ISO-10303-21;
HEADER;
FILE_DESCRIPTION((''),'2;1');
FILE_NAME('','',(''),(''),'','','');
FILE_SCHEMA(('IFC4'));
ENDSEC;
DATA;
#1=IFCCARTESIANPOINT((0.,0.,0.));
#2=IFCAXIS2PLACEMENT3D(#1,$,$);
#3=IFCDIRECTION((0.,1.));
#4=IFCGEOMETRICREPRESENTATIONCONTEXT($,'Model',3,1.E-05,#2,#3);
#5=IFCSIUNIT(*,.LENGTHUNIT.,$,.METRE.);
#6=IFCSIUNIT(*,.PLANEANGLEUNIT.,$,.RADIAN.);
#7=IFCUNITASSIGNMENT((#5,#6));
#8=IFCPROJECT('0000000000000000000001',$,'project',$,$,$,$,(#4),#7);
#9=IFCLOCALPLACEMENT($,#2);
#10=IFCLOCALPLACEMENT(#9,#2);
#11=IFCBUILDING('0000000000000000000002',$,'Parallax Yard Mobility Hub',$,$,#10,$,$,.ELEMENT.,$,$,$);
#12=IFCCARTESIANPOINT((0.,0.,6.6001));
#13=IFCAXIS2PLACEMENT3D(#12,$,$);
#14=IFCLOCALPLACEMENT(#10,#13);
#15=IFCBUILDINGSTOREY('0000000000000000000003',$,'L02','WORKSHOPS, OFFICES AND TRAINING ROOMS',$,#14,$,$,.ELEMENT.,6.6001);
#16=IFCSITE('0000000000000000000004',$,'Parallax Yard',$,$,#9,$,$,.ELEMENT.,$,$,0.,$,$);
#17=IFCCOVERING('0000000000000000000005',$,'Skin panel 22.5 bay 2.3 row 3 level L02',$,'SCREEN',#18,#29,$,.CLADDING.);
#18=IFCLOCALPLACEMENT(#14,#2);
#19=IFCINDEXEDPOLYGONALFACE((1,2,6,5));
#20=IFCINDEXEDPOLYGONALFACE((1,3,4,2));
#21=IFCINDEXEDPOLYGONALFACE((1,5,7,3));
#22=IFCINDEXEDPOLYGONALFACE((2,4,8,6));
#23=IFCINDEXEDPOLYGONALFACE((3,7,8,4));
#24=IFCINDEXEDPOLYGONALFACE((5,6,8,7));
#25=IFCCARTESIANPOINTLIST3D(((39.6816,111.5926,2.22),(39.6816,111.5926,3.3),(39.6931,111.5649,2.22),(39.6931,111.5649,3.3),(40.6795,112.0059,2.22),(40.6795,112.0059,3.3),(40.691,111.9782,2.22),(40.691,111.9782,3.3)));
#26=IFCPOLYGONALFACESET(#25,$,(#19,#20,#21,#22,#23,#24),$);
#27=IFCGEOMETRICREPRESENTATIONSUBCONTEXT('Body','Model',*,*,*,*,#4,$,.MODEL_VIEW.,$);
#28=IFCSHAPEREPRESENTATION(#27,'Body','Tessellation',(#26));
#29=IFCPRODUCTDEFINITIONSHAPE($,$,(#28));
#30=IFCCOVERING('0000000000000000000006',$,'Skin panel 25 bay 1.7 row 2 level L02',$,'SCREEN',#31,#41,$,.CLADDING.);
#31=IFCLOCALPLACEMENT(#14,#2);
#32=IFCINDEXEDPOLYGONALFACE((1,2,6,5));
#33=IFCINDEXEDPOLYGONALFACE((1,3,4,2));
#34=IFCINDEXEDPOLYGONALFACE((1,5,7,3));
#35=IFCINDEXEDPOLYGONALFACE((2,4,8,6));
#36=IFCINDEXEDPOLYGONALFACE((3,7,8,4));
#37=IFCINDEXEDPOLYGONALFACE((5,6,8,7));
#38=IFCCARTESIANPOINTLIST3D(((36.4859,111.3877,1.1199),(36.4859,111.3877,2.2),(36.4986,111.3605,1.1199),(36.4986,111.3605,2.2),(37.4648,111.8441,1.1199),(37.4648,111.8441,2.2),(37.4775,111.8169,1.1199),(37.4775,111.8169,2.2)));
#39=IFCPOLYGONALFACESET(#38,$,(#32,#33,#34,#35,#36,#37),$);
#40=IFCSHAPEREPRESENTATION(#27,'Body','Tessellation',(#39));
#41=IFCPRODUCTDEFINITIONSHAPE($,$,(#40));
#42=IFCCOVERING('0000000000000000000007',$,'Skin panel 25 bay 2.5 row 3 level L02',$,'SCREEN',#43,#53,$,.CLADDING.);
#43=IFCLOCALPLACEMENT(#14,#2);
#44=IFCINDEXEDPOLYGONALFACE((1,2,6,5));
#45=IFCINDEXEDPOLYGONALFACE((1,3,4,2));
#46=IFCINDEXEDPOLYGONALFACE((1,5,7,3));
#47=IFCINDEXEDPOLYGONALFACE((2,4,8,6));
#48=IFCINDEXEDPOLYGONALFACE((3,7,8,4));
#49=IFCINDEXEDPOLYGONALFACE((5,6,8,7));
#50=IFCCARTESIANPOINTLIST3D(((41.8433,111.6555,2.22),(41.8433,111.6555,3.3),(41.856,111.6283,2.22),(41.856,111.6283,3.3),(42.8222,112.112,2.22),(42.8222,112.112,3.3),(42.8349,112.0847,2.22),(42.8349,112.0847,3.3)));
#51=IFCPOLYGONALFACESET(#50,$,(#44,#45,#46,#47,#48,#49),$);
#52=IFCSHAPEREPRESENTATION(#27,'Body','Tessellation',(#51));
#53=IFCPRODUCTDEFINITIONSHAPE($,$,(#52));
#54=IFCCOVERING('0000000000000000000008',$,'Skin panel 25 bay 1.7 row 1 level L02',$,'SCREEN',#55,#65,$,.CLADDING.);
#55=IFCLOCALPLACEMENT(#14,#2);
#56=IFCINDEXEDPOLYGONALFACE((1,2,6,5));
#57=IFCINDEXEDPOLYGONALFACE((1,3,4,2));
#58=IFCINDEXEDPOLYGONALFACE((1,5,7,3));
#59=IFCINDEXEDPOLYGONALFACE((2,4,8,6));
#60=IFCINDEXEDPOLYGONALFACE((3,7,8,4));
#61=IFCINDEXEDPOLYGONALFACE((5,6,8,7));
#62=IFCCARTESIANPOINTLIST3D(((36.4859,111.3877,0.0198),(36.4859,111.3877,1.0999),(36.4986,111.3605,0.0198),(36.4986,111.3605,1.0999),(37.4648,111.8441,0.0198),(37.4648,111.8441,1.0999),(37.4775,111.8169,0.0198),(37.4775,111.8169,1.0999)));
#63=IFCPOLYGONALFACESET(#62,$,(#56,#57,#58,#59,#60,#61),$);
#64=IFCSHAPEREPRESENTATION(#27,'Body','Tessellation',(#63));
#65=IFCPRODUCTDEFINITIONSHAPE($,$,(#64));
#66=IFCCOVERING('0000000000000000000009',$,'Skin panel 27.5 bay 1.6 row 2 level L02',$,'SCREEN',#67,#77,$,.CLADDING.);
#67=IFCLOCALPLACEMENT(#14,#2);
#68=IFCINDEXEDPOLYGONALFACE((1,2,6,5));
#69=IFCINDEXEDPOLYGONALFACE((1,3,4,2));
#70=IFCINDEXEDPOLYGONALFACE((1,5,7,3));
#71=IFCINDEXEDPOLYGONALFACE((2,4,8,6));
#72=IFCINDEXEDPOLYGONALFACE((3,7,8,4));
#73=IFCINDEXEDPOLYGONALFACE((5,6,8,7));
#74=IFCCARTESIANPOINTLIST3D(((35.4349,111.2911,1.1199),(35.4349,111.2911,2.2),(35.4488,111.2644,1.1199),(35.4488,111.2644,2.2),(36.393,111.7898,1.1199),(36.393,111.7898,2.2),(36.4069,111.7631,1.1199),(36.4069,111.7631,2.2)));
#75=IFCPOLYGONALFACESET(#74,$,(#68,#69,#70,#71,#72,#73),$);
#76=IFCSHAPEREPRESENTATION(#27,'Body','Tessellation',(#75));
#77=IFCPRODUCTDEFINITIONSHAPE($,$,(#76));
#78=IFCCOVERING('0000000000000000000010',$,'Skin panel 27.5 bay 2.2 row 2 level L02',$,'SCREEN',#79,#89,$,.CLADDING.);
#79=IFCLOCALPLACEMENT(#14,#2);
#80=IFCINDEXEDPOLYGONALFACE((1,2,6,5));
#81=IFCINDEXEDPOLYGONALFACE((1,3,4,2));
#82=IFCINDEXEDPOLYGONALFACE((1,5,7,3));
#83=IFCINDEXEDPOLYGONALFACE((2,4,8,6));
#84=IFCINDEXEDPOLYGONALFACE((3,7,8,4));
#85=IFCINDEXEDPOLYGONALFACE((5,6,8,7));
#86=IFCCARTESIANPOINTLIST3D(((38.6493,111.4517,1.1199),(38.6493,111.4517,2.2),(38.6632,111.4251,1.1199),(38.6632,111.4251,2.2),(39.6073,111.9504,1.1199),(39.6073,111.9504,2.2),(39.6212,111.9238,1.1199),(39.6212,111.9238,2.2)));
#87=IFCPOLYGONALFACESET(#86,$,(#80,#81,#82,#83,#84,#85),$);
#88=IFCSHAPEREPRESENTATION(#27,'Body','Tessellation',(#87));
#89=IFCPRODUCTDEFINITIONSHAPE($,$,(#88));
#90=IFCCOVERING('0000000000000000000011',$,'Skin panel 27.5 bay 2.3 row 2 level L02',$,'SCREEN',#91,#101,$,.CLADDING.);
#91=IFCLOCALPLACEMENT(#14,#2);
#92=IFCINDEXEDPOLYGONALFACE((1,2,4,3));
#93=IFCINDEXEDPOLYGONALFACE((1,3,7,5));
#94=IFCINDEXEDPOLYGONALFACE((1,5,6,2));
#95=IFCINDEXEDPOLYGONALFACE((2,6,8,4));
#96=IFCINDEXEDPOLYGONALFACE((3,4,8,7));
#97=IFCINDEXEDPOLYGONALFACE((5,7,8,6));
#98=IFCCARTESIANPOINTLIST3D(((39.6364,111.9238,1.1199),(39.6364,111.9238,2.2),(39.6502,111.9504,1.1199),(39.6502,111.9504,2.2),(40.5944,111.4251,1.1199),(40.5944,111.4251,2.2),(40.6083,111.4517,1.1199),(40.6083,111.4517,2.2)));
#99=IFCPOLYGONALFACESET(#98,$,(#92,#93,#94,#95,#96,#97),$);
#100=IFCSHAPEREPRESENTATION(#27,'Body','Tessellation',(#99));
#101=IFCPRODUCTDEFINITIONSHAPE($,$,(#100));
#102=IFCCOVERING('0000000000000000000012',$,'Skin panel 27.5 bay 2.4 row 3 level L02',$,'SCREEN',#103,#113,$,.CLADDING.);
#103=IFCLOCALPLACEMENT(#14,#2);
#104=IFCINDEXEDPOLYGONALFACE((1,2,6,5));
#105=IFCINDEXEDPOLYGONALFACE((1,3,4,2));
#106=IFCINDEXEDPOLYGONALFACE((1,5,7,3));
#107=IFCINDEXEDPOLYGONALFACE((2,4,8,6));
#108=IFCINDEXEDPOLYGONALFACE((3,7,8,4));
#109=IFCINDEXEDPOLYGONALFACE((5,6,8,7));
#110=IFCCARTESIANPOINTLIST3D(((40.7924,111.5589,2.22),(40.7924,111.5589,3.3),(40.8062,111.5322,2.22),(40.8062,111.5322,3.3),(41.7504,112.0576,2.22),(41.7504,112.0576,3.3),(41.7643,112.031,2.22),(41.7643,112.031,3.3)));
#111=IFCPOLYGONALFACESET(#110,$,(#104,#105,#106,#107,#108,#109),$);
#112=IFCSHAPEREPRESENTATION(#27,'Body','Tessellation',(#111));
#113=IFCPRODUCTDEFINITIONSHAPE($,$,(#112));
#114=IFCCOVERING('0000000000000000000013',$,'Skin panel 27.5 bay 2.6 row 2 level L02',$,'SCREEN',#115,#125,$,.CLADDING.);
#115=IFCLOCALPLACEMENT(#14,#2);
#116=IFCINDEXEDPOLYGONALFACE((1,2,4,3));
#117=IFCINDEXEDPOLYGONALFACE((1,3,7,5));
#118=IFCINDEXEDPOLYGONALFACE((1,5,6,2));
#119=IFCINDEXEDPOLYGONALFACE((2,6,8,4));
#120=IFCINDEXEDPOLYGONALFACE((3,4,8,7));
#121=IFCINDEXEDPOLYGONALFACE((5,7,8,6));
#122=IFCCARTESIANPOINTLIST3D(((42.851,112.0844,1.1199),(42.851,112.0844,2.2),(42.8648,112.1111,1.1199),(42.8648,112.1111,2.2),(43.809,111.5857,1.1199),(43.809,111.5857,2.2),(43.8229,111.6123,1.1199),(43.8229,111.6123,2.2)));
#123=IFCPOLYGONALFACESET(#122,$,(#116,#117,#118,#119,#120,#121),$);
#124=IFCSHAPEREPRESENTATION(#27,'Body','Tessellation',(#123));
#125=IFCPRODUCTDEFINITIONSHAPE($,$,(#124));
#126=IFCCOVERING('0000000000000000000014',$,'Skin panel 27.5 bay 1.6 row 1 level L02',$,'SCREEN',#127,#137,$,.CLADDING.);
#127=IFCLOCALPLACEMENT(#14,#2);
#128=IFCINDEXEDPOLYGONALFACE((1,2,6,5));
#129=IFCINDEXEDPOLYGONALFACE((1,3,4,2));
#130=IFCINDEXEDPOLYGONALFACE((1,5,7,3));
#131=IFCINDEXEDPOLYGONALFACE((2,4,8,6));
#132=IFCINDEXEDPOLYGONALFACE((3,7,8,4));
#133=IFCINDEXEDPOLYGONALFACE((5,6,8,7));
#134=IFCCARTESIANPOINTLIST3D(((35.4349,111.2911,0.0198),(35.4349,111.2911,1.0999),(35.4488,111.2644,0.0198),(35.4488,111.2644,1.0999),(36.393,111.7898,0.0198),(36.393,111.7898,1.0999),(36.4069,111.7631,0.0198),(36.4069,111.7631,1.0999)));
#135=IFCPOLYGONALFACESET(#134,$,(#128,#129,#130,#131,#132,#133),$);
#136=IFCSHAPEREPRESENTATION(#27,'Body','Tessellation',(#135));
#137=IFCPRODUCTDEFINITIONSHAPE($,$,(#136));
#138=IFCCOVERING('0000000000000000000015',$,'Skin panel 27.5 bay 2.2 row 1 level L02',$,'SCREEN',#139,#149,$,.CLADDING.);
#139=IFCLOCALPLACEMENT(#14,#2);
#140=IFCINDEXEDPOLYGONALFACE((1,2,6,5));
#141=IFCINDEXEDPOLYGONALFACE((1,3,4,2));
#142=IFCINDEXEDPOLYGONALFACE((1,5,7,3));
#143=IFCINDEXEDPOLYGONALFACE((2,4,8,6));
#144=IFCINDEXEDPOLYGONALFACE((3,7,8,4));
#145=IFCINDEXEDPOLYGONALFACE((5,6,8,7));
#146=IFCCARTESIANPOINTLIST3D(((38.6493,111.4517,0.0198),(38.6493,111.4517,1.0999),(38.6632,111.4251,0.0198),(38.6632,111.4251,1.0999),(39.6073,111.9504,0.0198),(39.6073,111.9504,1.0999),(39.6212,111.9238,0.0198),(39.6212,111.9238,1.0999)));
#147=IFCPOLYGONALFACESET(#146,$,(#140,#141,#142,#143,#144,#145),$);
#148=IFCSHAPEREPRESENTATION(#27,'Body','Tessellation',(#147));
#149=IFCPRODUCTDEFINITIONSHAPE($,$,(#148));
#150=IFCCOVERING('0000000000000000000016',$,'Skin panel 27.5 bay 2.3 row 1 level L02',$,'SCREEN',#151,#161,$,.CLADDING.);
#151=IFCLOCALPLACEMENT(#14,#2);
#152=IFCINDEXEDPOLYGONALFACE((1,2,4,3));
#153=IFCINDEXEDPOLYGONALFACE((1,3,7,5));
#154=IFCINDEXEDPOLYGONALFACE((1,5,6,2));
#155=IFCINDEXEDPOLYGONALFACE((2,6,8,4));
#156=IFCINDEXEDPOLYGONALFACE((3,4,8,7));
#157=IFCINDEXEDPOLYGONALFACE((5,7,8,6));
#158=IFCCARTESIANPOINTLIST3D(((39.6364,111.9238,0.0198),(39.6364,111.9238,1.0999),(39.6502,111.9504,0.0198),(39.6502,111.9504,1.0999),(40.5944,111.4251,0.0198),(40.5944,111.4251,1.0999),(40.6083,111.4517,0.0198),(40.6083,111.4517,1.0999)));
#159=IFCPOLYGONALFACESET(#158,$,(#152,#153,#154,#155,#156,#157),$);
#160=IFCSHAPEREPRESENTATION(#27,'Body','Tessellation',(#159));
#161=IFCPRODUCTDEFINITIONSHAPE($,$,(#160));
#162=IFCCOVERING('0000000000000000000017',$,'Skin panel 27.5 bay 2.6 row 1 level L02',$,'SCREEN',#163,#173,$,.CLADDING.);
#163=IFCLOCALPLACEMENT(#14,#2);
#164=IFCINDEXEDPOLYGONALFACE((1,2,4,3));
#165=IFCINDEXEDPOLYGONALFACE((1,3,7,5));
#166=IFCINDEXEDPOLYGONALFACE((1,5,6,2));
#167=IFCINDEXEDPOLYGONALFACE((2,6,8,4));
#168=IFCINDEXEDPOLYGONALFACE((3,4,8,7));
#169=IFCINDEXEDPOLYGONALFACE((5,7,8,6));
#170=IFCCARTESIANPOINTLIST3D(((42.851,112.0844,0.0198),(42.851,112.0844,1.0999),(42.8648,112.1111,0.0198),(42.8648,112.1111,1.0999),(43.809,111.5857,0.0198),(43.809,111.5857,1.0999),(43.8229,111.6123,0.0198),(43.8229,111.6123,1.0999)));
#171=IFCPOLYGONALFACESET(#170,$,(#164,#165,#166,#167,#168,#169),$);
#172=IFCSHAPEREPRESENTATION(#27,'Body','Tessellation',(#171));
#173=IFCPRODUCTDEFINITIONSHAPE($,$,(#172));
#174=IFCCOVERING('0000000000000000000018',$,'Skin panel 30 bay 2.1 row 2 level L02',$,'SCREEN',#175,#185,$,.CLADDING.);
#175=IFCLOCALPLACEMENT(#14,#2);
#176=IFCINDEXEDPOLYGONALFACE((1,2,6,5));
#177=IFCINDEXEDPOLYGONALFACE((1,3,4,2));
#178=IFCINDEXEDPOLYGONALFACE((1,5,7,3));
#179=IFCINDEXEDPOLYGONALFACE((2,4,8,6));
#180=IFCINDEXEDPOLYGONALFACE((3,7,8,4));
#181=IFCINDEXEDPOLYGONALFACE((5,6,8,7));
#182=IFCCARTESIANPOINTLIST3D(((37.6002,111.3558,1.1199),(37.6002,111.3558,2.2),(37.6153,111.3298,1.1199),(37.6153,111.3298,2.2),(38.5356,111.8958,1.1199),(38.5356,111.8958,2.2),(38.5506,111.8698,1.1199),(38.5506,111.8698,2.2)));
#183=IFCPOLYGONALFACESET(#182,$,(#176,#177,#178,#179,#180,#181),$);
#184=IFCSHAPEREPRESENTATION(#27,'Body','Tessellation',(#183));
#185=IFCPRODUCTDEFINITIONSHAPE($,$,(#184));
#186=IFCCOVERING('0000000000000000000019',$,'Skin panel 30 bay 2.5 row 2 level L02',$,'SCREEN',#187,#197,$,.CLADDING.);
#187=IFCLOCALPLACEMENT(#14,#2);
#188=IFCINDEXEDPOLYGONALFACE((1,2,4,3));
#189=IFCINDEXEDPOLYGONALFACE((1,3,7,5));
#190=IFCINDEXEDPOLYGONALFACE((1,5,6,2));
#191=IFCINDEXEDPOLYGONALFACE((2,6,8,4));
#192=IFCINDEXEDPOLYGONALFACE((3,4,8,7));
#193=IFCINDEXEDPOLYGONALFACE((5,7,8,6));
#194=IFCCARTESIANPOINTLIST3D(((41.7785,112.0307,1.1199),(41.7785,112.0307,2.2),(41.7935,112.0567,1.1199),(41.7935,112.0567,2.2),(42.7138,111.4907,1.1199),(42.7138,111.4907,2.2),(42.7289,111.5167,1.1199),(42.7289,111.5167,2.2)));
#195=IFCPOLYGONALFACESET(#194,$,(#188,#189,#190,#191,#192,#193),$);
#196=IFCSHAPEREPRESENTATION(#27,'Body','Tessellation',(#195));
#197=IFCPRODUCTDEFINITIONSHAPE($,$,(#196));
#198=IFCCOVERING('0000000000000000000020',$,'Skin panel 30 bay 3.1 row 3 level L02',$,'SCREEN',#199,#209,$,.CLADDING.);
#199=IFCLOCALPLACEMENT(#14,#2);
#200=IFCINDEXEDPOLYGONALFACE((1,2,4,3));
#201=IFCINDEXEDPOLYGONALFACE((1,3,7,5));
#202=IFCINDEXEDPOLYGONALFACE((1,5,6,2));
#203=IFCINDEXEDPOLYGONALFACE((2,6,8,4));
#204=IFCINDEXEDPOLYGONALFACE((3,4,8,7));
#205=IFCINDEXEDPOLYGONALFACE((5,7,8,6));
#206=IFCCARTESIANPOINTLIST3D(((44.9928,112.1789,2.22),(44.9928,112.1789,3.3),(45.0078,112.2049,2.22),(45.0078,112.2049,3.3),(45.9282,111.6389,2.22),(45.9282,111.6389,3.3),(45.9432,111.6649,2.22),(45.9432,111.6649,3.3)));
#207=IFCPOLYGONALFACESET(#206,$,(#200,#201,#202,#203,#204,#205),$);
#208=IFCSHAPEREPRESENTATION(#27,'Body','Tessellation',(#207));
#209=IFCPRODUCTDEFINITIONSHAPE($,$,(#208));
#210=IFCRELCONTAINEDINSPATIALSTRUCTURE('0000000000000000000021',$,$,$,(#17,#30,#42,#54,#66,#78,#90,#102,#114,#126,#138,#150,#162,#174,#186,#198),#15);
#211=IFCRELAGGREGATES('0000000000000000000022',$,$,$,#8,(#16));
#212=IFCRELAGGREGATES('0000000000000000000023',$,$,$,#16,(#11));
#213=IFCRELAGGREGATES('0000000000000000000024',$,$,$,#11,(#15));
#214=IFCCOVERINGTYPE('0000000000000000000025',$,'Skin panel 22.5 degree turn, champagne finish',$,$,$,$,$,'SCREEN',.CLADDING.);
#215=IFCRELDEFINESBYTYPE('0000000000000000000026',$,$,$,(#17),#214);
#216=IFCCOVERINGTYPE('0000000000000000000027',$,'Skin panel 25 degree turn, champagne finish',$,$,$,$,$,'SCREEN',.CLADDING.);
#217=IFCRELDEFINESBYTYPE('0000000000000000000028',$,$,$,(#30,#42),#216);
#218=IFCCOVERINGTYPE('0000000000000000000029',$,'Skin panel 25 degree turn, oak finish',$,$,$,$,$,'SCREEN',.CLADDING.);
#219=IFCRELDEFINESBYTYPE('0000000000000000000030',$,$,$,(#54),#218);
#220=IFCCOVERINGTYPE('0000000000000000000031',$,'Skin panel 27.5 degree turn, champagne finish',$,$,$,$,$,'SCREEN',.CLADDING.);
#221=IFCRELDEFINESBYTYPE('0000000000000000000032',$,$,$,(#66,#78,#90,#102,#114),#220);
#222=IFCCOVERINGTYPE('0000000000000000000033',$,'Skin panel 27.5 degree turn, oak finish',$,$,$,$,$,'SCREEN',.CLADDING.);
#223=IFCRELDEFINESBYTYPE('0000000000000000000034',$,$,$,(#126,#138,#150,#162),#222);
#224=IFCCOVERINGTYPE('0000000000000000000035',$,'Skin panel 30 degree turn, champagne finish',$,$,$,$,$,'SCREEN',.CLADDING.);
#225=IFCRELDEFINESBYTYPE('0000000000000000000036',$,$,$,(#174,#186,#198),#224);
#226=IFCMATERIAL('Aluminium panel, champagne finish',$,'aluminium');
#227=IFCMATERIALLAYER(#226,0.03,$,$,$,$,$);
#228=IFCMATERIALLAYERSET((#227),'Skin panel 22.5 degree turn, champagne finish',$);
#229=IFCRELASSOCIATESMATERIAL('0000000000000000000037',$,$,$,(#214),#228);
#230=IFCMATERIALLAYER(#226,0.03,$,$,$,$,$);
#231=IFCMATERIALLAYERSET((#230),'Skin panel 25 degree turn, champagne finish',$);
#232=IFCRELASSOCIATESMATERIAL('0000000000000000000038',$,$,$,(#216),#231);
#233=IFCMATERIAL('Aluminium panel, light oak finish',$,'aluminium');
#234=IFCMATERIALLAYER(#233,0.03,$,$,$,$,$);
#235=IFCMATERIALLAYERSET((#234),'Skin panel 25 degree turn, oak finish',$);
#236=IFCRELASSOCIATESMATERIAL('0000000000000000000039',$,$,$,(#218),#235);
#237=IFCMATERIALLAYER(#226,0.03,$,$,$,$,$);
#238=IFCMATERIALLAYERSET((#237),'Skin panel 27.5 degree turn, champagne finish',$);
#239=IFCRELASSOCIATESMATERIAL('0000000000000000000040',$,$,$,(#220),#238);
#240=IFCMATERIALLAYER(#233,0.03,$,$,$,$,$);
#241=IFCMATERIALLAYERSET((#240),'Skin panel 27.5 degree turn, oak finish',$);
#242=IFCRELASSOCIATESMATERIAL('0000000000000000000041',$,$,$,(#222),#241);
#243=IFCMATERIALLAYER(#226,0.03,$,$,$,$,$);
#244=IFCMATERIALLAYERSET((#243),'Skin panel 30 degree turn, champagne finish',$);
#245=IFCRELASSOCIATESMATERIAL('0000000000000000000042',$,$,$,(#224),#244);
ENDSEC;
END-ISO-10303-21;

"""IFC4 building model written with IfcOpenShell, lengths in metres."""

from ifc_helpers import new_model, si_unit, direction, frame, origin, origin_2d, place, context, subcontext, project, spatial, rectangle, extrude, material, layer, layer_set, type_object, element, save


model = new_model("IFC4")

# Units and contexts
model_context = context("Model", 3, precision=1e-05, world=origin(), true_north=direction((0.0, 1.0)))
body_context = subcontext(model_context, "Body", "Model", "MODEL_VIEW")
ifc_project = project(units=[si_unit("LENGTHUNIT", "METRE"), si_unit("PLANEANGLEUNIT", "RADIAN")], contexts=[model_context])

# Site, building, storey
site_placement = place(None, origin())
site = spatial("IfcSite", under=ifc_project, at=site_placement, Name="Parallax Yard", CompositionType="ELEMENT", RefElevation=0.0)
building_placement = place(site_placement, origin())
building = spatial("IfcBuilding", under=site, at=building_placement, Name="Parallax Yard Mobility Hub", CompositionType="ELEMENT")
storey_placement = place(building_placement, frame((0.0, 0.0, 6.6001)))
storey = spatial("IfcBuildingStorey", under=building, at=storey_placement, Name="L02", Description="WORKSHOPS, OFFICES AND TRAINING ROOMS", CompositionType="ELEMENT", Elevation=6.6001)

# Coverings
ifc_material_1 = material(Name="Aluminium panel, champagne finish", Category="aluminium")
ifc_layer_1 = layer(ifc_material_1, 0.03)
ifc_layer_set_1 = layer_set([ifc_layer_1], Name="Skin panel 22.5 degree turn, champagne finish")
covering_type_1 = type_object("IfcCoveringType", Name="Skin panel 22.5 degree turn, champagne finish", ElementType="SCREEN", PredefinedType="CLADDING", material=ifc_layer_set_1)
covering_1_placement = place(storey_placement, frame((40.1863, 111.7854, 2.22), z_axis=(0.0, 0.0, 1.0), x_axis=(-0.92388, -0.382683, 0.0)))
element("IfcCovering", 1, at=covering_1_placement, inside=storey, type_object=covering_type_1, Name="Skin panel 22.5 bay 2.3 row 3 level L02", ObjectType="SCREEN", PredefinedType="CLADDING", context=body_context, shape_type="SweptSolid", body=[
    extrude(rectangle(XDim=1.0801, YDim=0.03, at=origin_2d()), origin(), (0.0, 0.0, 1.0), 1.0801),
])
ifc_layer_2 = layer(ifc_material_1, 0.03)
ifc_layer_set_2 = layer_set([ifc_layer_2], Name="Skin panel 25 degree turn, champagne finish")
covering_type_2 = type_object("IfcCoveringType", Name="Skin panel 25 degree turn, champagne finish", ElementType="SCREEN", PredefinedType="CLADDING", material=ifc_layer_set_2)
for number, where, z_axis, x_axis, name in (
    (2, (36.9817, 111.6023, 1.1199), (0.0, 0.0, 1.0), (-0.906308, -0.422618, 0.0), "Skin panel 25 bay 1.7 row 2 level L02"),
    (3, (42.3391, 111.8701, 2.22), (0.0, 0.0, 1.0), (-0.906308, -0.422618, 0.0), "Skin panel 25 bay 2.5 row 3 level L02"),
):
    element("IfcCovering", number, at=place(storey_placement, frame(where, z_axis=z_axis, x_axis=x_axis)), inside=storey, type_object=covering_type_2, Name=name, ObjectType="SCREEN", PredefinedType="CLADDING", context=body_context, shape_type="SweptSolid", body=[
        extrude(rectangle(XDim=1.0801, YDim=0.03, at=origin_2d()), origin(), (0.0, 0.0, 1.0), 1.0801),
    ])
ifc_material_2 = material(Name="Aluminium panel, light oak finish", Category="aluminium")
ifc_layer_3 = layer(ifc_material_2, 0.03)
ifc_layer_set_3 = layer_set([ifc_layer_3], Name="Skin panel 25 degree turn, oak finish")
covering_type_3 = type_object("IfcCoveringType", Name="Skin panel 25 degree turn, oak finish", ElementType="SCREEN", PredefinedType="CLADDING", material=ifc_layer_set_3)
covering_2_placement = place(storey_placement, frame((36.9817, 111.6023, 0.0198), z_axis=(0.0, 0.0, 1.0), x_axis=(-0.906308, -0.422618, 0.0)))
element("IfcCovering", 4, at=covering_2_placement, inside=storey, type_object=covering_type_3, Name="Skin panel 25 bay 1.7 row 1 level L02", ObjectType="SCREEN", PredefinedType="CLADDING", context=body_context, shape_type="SweptSolid", body=[
    extrude(rectangle(XDim=1.0801, YDim=0.03, at=origin_2d()), origin(), (0.0, 0.0, 1.0), 1.0801),
])
ifc_layer_4 = layer(ifc_material_1, 0.03)
ifc_layer_set_4 = layer_set([ifc_layer_4], Name="Skin panel 27.5 degree turn, champagne finish")
covering_type_4 = type_object("IfcCoveringType", Name="Skin panel 27.5 degree turn, champagne finish", ElementType="SCREEN", PredefinedType="CLADDING", material=ifc_layer_set_4)
for number, where, z_axis, x_axis, name in (
    (5, (35.9209, 111.5271, 1.1199), (0.0, 0.0, 1.0), (-0.887011, -0.461749, 0.0), "Skin panel 27.5 bay 1.6 row 2 level L02"),
    (6, (39.1353, 111.6877, 1.1199), (0.0, 0.0, 1.0), (-0.887011, -0.461749, 0.0), "Skin panel 27.5 bay 2.2 row 2 level L02"),
    (7, (40.1223, 111.6877, 1.1199), (0.0, 0.0, 1.0), (0.887011, -0.461749, 0.0), "Skin panel 27.5 bay 2.3 row 2 level L02"),
    (8, (41.2783, 111.7949, 2.22), (0.0, 0.0, 1.0), (-0.887011, -0.461749, 0.0), "Skin panel 27.5 bay 2.4 row 3 level L02"),
    (9, (43.3369, 111.8484, 1.1199), (0.0, 0.0, 1.0), (0.887011, -0.461749, 0.0), "Skin panel 27.5 bay 2.6 row 2 level L02"),
):
    element("IfcCovering", number, at=place(storey_placement, frame(where, z_axis=z_axis, x_axis=x_axis)), inside=storey, type_object=covering_type_4, Name=name, ObjectType="SCREEN", PredefinedType="CLADDING", context=body_context, shape_type="SweptSolid", body=[
        extrude(rectangle(XDim=1.0801, YDim=0.03, at=origin_2d()), origin(), (0.0, 0.0, 1.0), 1.0801),
    ])
ifc_layer_5 = layer(ifc_material_2, 0.03)
ifc_layer_set_5 = layer_set([ifc_layer_5], Name="Skin panel 27.5 degree turn, oak finish")
covering_type_5 = type_object("IfcCoveringType", Name="Skin panel 27.5 degree turn, oak finish", ElementType="SCREEN", PredefinedType="CLADDING", material=ifc_layer_set_5)
for number, where, z_axis, x_axis, name in (
    (10, (35.9209, 111.5271, 0.0198), (0.0, 0.0, 1.0), (-0.887011, -0.461749, 0.0), "Skin panel 27.5 bay 1.6 row 1 level L02"),
    (11, (39.1353, 111.6877, 0.0198), (0.0, 0.0, 1.0), (-0.887011, -0.461749, 0.0), "Skin panel 27.5 bay 2.2 row 1 level L02"),
    (12, (40.1223, 111.6877, 0.0198), (0.0, 0.0, 1.0), (0.887011, -0.461749, 0.0), "Skin panel 27.5 bay 2.3 row 1 level L02"),
    (13, (43.3369, 111.8484, 0.0198), (0.0, 0.0, 1.0), (0.887011, -0.461749, 0.0), "Skin panel 27.5 bay 2.6 row 1 level L02"),
):
    element("IfcCovering", number, at=place(storey_placement, frame(where, z_axis=z_axis, x_axis=x_axis)), inside=storey, type_object=covering_type_5, Name=name, ObjectType="SCREEN", PredefinedType="CLADDING", context=body_context, shape_type="SweptSolid", body=[
        extrude(rectangle(XDim=1.0801, YDim=0.03, at=origin_2d()), origin(), (0.0, 0.0, 1.0), 1.0801),
    ])
ifc_layer_6 = layer(ifc_material_1, 0.03)
ifc_layer_set_6 = layer_set([ifc_layer_6], Name="Skin panel 30 degree turn, champagne finish")
covering_type_6 = type_object("IfcCoveringType", Name="Skin panel 30 degree turn, champagne finish", ElementType="SCREEN", PredefinedType="CLADDING", material=ifc_layer_set_6)
for number, where, z_axis, x_axis, name in (
    (14, (38.0754, 111.6128, 1.1199), (0.0, 0.0, 1.0), (-0.866025, -0.5, 0.0), "Skin panel 30 bay 2.1 row 2 level L02"),
    (15, (42.2537, 111.7737, 1.1199), (0.0, 0.0, 1.0), (0.866025, -0.5, 0.0), "Skin panel 30 bay 2.5 row 2 level L02"),
    (16, (45.468, 111.9219, 2.22), (0.0, 0.0, 1.0), (0.866025, -0.5, 0.0), "Skin panel 30 bay 3.1 row 3 level L02"),
):
    element("IfcCovering", number, at=place(storey_placement, frame(where, z_axis=z_axis, x_axis=x_axis)), inside=storey, type_object=covering_type_6, Name=name, ObjectType="SCREEN", PredefinedType="CLADDING", context=body_context, shape_type="SweptSolid", body=[
        extrude(rectangle(XDim=1.0801, YDim=0.03, at=origin_2d()), origin(), (0.0, 0.0, 1.0), 1.0801),
    ])

save(model, "model.ifc")
